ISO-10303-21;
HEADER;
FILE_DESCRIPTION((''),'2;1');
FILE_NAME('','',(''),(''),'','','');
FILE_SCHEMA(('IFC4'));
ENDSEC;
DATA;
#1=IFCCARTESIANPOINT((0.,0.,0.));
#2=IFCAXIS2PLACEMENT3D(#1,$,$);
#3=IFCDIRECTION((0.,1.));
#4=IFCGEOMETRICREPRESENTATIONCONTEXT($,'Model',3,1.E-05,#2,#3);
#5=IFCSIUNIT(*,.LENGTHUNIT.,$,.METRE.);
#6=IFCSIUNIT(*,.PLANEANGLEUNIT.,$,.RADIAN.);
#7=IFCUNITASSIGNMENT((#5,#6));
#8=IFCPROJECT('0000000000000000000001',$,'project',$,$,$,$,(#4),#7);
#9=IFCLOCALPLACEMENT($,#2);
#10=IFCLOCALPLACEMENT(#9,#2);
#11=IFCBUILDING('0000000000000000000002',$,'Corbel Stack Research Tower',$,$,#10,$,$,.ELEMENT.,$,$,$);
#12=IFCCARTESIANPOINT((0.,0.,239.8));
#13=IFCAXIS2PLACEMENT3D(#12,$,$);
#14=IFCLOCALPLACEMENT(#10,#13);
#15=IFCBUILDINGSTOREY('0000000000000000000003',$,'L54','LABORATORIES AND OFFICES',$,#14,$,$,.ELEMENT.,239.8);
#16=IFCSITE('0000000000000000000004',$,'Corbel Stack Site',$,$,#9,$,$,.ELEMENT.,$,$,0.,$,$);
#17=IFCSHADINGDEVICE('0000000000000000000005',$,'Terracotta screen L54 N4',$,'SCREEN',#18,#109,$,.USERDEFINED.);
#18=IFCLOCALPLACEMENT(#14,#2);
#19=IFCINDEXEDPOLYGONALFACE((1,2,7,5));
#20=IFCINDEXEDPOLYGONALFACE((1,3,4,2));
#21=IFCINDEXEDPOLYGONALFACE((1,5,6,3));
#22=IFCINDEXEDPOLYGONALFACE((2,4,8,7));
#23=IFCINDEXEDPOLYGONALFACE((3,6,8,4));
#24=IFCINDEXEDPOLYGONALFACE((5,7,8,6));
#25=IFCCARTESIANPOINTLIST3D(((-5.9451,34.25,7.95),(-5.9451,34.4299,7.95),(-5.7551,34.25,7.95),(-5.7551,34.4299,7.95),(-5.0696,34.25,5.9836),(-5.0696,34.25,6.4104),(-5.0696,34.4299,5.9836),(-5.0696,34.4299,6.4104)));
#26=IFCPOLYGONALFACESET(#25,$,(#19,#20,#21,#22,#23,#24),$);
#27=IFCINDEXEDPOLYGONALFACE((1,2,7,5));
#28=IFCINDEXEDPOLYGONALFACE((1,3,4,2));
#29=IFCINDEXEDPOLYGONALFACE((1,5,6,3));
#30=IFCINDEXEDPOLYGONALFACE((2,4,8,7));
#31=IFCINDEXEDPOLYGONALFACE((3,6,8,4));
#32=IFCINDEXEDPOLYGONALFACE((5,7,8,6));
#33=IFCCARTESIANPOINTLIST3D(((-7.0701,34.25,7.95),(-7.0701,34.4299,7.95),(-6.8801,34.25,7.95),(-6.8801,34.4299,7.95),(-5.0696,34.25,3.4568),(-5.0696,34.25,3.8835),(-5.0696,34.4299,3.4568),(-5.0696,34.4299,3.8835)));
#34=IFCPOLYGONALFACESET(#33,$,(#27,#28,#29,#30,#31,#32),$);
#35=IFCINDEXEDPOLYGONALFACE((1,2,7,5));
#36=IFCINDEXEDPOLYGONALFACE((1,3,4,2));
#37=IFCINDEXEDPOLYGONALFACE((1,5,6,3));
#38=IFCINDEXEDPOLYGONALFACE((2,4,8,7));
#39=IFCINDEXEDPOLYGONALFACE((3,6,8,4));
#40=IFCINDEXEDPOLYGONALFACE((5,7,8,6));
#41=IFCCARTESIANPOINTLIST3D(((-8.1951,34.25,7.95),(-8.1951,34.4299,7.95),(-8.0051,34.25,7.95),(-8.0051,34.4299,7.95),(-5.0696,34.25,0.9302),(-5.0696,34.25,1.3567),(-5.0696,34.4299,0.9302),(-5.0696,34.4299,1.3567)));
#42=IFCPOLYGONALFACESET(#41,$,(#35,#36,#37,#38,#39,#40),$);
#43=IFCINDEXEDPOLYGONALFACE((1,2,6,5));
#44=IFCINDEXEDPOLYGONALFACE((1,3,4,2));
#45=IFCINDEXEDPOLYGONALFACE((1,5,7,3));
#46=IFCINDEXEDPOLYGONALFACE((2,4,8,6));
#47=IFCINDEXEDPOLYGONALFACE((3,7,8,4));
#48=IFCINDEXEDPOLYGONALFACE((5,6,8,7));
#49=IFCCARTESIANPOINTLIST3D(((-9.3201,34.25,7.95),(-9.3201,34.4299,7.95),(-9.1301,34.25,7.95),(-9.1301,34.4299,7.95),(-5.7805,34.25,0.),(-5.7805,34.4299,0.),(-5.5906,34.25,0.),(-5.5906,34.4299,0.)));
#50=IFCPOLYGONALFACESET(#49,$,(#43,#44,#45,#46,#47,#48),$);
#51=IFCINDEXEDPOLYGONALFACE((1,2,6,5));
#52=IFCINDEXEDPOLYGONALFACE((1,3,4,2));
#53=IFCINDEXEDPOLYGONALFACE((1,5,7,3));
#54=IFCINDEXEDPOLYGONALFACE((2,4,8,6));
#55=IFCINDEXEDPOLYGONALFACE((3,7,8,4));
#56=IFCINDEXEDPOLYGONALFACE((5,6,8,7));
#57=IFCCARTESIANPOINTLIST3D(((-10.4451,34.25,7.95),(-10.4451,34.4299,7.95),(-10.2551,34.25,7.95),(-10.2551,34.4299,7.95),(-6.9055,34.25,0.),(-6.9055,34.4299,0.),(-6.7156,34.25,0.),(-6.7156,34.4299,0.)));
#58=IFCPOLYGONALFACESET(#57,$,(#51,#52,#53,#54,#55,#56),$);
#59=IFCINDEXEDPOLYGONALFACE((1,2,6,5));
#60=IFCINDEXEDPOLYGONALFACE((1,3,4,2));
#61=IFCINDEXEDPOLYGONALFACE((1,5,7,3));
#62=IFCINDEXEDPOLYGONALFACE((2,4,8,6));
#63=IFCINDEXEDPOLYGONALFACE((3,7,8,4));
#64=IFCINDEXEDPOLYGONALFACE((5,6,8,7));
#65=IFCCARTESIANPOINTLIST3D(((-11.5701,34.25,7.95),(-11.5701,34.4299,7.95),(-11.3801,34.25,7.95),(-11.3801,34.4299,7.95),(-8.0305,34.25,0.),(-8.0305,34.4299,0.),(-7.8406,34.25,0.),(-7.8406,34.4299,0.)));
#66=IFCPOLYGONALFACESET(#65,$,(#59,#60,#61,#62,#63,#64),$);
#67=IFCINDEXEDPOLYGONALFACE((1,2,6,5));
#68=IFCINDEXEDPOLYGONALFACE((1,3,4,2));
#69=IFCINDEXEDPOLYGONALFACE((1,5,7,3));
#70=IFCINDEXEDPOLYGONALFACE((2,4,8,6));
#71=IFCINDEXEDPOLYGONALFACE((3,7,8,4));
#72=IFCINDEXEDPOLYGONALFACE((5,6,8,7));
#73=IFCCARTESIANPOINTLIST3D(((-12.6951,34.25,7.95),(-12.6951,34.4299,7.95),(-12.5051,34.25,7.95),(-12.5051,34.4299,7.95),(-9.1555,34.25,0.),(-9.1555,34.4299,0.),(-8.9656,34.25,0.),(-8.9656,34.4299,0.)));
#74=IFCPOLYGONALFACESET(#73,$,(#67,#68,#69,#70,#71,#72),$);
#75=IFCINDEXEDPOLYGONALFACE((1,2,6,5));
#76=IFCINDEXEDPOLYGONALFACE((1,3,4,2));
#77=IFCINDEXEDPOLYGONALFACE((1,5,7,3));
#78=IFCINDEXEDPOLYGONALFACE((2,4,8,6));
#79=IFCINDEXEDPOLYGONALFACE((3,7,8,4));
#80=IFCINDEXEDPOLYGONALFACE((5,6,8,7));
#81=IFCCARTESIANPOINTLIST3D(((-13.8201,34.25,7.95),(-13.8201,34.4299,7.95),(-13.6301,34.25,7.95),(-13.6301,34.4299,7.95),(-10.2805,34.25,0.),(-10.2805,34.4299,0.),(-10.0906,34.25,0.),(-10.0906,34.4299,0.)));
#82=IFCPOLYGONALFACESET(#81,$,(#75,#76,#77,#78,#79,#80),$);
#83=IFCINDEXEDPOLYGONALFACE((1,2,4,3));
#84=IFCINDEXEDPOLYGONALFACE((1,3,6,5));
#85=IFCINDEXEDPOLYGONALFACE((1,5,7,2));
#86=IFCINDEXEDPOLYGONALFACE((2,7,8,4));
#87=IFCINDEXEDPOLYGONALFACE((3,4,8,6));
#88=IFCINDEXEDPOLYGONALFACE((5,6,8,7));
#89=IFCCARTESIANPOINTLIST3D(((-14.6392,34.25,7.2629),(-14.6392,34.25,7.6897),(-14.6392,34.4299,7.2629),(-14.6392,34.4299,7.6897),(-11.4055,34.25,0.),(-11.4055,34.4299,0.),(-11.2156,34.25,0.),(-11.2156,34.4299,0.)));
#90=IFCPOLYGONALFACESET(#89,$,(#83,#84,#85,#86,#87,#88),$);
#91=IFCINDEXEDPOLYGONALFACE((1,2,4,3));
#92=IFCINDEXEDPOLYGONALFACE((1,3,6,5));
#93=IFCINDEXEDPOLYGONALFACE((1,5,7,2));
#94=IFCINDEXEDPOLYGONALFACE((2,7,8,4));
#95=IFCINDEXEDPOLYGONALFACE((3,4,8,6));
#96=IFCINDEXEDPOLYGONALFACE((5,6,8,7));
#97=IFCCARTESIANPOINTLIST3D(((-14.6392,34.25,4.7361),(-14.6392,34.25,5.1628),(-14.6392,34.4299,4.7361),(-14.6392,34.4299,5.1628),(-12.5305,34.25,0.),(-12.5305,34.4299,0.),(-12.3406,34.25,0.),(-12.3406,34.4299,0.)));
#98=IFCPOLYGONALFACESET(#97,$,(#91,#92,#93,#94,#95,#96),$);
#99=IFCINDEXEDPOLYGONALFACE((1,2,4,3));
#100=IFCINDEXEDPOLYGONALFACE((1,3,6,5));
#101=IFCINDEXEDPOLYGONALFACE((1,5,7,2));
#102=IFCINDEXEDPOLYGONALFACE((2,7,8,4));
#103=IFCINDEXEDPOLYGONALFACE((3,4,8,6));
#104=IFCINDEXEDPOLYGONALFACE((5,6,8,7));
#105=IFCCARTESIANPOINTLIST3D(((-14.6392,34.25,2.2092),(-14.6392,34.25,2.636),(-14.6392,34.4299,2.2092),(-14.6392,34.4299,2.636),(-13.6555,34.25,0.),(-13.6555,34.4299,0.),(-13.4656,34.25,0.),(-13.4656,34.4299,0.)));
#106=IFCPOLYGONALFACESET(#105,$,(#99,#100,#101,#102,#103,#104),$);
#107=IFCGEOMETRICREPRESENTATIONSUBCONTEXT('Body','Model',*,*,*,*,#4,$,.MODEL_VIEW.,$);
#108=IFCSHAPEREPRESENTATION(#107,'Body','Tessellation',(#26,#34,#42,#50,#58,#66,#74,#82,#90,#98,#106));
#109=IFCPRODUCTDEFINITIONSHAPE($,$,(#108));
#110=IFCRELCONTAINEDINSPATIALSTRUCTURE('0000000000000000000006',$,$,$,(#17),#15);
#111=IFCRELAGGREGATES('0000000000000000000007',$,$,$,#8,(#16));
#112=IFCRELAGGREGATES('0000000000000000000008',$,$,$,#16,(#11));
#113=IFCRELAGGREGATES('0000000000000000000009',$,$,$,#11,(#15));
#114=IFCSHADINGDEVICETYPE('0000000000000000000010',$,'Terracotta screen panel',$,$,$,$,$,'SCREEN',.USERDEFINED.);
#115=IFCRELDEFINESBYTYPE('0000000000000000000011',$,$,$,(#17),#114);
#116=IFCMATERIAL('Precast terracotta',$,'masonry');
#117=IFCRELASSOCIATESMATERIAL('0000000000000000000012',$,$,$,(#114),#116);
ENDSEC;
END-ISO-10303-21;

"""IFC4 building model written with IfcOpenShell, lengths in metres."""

from ifc_helpers import new_model, si_unit, direction, frame, origin, place, context, subcontext, project, spatial, polyline, outline, extrude, source, transform, mapped, material, type_object, element, save


model = new_model("IFC4")

# Units and contexts
model_context = context("Model", 3, precision=1e-05, world=origin(), true_north=direction((0.0, 1.0)))
body_context = subcontext(model_context, "Body", "Model", "MODEL_VIEW")
ifc_project = project(units=[si_unit("LENGTHUNIT", "METRE"), si_unit("PLANEANGLEUNIT", "RADIAN")], contexts=[model_context])

# Site, building, storey
site_placement = place(None, origin())
site = spatial("IfcSite", under=ifc_project, at=site_placement, Name="Corbel Stack Site", CompositionType="ELEMENT", RefElevation=0.0)
building_placement = place(site_placement, origin())
building = spatial("IfcBuilding", under=site, at=building_placement, Name="Corbel Stack Research Tower", CompositionType="ELEMENT")
storey_placement = place(building_placement, frame((0.0, 0.0, 239.8)))
storey = spatial("IfcBuildingStorey", under=building, at=storey_placement, Name="L54", Description="LABORATORIES AND OFFICES", CompositionType="ELEMENT", Elevation=239.8)

# Shading device
ifc_material_1 = material(Name="Precast terracotta", Category="masonry")
shading_device_type = type_object("IfcShadingDeviceType", Name="Terracotta screen panel", ElementType="SCREEN", PredefinedType="USERDEFINED", material=ifc_material_1)
shared_shape = source(origin(), body_context, "Body", "SweptSolid", [
    extrude(outline(polyline([(0.8755, 7.95), (0.6855, 7.95), (0.0, 6.4104), (0.0, 5.9836), (0.8755, 7.95)])), frame((0.0, 0.0, 0.0), z_axis=(0.0, -1.0, 0.0), x_axis=(1.0, 0.0, 0.0)), (0.0, 0.0, 1.0), 0.1799),
    extrude(outline(polyline([(2.0005, 7.95), (1.8105, 7.95), (0.0, 3.8835), (0.0, 3.4568), (2.0005, 7.95)])), frame((0.0, 0.0, 0.0), z_axis=(0.0, -1.0, 0.0), x_axis=(1.0, 0.0, 0.0)), (0.0, 0.0, 1.0), 0.1799),
    extrude(outline(polyline([(3.1255, 7.95), (2.9355, 7.95), (0.0, 1.3567), (0.0, 0.9302), (3.1255, 7.95)])), frame((0.0, 0.0, 0.0), z_axis=(0.0, -1.0, 0.0), x_axis=(1.0, 0.0, 0.0)), (0.0, 0.0, 1.0), 0.1799),
    extrude(outline(polyline([(0.7109, 0.0), (4.2505, 7.95), (4.0605, 7.95), (0.521, 0.0), (0.7109, 0.0)])), frame((0.0, 0.0, 0.0), z_axis=(0.0, -1.0, 0.0), x_axis=(1.0, 0.0, 0.0)), (0.0, 0.0, 1.0), 0.1799),
    extrude(outline(polyline([(1.8359, 0.0), (5.3755, 7.95), (5.1855, 7.95), (1.646, 0.0), (1.8359, 0.0)])), frame((0.0, 0.0, 0.0), z_axis=(0.0, -1.0, 0.0), x_axis=(1.0, 0.0, 0.0)), (0.0, 0.0, 1.0), 0.1799),
    extrude(outline(polyline([(2.9609, 0.0), (6.5005, 7.95), (6.3105, 7.95), (2.771, 0.0), (2.9609, 0.0)])), frame((0.0, 0.0, 0.0), z_axis=(0.0, -1.0, 0.0), x_axis=(1.0, 0.0, 0.0)), (0.0, 0.0, 1.0), 0.1799),
    extrude(outline(polyline([(4.0859, 0.0), (7.6255, 7.95), (7.4355, 7.95), (3.896, 0.0), (4.0859, 0.0)])), frame((0.0, 0.0, 0.0), z_axis=(0.0, -1.0, 0.0), x_axis=(1.0, 0.0, 0.0)), (0.0, 0.0, 1.0), 0.1799),
    extrude(outline(polyline([(5.2109, 0.0), (8.7505, 7.95), (8.5605, 7.95), (5.021, 0.0), (5.2109, 0.0)])), frame((0.0, 0.0, 0.0), z_axis=(0.0, -1.0, 0.0), x_axis=(1.0, 0.0, 0.0)), (0.0, 0.0, 1.0), 0.1799),
    extrude(outline(polyline([(6.3359, 0.0), (9.5696, 7.2629), (9.5696, 7.6897), (6.146, 0.0), (6.3359, 0.0)])), frame((0.0, 0.0, 0.0), z_axis=(0.0, -1.0, 0.0), x_axis=(1.0, 0.0, 0.0)), (0.0, 0.0, 1.0), 0.1799),
    extrude(outline(polyline([(7.4609, 0.0), (9.5696, 4.7361), (9.5696, 5.1628), (7.271, 0.0), (7.4609, 0.0)])), frame((0.0, 0.0, 0.0), z_axis=(0.0, -1.0, 0.0), x_axis=(1.0, 0.0, 0.0)), (0.0, 0.0, 1.0), 0.1799),
    extrude(outline(polyline([(8.5859, 0.0), (9.5696, 2.2092), (9.5696, 2.636), (8.396, 0.0), (8.5859, 0.0)])), frame((0.0, 0.0, 0.0), z_axis=(0.0, -1.0, 0.0), x_axis=(1.0, 0.0, 0.0)), (0.0, 0.0, 1.0), 0.1799),
])
shading_device_placement = place(storey_placement, frame((-5.0696, 34.25, 0.0), z_axis=(0.0, 0.0, 1.0), x_axis=(-1.0, 0.0, 0.0)))
element("IfcShadingDevice", 1, at=shading_device_placement, inside=storey, type_object=shading_device_type, Name="Terracotta screen L54 N4", ObjectType="SCREEN", PredefinedType="USERDEFINED", context=body_context, shape_type="MappedRepresentation", body=[
    mapped(shared_shape, transform((0.0, 0.0, 0.0))),
])

save(model, "model.ifc")
